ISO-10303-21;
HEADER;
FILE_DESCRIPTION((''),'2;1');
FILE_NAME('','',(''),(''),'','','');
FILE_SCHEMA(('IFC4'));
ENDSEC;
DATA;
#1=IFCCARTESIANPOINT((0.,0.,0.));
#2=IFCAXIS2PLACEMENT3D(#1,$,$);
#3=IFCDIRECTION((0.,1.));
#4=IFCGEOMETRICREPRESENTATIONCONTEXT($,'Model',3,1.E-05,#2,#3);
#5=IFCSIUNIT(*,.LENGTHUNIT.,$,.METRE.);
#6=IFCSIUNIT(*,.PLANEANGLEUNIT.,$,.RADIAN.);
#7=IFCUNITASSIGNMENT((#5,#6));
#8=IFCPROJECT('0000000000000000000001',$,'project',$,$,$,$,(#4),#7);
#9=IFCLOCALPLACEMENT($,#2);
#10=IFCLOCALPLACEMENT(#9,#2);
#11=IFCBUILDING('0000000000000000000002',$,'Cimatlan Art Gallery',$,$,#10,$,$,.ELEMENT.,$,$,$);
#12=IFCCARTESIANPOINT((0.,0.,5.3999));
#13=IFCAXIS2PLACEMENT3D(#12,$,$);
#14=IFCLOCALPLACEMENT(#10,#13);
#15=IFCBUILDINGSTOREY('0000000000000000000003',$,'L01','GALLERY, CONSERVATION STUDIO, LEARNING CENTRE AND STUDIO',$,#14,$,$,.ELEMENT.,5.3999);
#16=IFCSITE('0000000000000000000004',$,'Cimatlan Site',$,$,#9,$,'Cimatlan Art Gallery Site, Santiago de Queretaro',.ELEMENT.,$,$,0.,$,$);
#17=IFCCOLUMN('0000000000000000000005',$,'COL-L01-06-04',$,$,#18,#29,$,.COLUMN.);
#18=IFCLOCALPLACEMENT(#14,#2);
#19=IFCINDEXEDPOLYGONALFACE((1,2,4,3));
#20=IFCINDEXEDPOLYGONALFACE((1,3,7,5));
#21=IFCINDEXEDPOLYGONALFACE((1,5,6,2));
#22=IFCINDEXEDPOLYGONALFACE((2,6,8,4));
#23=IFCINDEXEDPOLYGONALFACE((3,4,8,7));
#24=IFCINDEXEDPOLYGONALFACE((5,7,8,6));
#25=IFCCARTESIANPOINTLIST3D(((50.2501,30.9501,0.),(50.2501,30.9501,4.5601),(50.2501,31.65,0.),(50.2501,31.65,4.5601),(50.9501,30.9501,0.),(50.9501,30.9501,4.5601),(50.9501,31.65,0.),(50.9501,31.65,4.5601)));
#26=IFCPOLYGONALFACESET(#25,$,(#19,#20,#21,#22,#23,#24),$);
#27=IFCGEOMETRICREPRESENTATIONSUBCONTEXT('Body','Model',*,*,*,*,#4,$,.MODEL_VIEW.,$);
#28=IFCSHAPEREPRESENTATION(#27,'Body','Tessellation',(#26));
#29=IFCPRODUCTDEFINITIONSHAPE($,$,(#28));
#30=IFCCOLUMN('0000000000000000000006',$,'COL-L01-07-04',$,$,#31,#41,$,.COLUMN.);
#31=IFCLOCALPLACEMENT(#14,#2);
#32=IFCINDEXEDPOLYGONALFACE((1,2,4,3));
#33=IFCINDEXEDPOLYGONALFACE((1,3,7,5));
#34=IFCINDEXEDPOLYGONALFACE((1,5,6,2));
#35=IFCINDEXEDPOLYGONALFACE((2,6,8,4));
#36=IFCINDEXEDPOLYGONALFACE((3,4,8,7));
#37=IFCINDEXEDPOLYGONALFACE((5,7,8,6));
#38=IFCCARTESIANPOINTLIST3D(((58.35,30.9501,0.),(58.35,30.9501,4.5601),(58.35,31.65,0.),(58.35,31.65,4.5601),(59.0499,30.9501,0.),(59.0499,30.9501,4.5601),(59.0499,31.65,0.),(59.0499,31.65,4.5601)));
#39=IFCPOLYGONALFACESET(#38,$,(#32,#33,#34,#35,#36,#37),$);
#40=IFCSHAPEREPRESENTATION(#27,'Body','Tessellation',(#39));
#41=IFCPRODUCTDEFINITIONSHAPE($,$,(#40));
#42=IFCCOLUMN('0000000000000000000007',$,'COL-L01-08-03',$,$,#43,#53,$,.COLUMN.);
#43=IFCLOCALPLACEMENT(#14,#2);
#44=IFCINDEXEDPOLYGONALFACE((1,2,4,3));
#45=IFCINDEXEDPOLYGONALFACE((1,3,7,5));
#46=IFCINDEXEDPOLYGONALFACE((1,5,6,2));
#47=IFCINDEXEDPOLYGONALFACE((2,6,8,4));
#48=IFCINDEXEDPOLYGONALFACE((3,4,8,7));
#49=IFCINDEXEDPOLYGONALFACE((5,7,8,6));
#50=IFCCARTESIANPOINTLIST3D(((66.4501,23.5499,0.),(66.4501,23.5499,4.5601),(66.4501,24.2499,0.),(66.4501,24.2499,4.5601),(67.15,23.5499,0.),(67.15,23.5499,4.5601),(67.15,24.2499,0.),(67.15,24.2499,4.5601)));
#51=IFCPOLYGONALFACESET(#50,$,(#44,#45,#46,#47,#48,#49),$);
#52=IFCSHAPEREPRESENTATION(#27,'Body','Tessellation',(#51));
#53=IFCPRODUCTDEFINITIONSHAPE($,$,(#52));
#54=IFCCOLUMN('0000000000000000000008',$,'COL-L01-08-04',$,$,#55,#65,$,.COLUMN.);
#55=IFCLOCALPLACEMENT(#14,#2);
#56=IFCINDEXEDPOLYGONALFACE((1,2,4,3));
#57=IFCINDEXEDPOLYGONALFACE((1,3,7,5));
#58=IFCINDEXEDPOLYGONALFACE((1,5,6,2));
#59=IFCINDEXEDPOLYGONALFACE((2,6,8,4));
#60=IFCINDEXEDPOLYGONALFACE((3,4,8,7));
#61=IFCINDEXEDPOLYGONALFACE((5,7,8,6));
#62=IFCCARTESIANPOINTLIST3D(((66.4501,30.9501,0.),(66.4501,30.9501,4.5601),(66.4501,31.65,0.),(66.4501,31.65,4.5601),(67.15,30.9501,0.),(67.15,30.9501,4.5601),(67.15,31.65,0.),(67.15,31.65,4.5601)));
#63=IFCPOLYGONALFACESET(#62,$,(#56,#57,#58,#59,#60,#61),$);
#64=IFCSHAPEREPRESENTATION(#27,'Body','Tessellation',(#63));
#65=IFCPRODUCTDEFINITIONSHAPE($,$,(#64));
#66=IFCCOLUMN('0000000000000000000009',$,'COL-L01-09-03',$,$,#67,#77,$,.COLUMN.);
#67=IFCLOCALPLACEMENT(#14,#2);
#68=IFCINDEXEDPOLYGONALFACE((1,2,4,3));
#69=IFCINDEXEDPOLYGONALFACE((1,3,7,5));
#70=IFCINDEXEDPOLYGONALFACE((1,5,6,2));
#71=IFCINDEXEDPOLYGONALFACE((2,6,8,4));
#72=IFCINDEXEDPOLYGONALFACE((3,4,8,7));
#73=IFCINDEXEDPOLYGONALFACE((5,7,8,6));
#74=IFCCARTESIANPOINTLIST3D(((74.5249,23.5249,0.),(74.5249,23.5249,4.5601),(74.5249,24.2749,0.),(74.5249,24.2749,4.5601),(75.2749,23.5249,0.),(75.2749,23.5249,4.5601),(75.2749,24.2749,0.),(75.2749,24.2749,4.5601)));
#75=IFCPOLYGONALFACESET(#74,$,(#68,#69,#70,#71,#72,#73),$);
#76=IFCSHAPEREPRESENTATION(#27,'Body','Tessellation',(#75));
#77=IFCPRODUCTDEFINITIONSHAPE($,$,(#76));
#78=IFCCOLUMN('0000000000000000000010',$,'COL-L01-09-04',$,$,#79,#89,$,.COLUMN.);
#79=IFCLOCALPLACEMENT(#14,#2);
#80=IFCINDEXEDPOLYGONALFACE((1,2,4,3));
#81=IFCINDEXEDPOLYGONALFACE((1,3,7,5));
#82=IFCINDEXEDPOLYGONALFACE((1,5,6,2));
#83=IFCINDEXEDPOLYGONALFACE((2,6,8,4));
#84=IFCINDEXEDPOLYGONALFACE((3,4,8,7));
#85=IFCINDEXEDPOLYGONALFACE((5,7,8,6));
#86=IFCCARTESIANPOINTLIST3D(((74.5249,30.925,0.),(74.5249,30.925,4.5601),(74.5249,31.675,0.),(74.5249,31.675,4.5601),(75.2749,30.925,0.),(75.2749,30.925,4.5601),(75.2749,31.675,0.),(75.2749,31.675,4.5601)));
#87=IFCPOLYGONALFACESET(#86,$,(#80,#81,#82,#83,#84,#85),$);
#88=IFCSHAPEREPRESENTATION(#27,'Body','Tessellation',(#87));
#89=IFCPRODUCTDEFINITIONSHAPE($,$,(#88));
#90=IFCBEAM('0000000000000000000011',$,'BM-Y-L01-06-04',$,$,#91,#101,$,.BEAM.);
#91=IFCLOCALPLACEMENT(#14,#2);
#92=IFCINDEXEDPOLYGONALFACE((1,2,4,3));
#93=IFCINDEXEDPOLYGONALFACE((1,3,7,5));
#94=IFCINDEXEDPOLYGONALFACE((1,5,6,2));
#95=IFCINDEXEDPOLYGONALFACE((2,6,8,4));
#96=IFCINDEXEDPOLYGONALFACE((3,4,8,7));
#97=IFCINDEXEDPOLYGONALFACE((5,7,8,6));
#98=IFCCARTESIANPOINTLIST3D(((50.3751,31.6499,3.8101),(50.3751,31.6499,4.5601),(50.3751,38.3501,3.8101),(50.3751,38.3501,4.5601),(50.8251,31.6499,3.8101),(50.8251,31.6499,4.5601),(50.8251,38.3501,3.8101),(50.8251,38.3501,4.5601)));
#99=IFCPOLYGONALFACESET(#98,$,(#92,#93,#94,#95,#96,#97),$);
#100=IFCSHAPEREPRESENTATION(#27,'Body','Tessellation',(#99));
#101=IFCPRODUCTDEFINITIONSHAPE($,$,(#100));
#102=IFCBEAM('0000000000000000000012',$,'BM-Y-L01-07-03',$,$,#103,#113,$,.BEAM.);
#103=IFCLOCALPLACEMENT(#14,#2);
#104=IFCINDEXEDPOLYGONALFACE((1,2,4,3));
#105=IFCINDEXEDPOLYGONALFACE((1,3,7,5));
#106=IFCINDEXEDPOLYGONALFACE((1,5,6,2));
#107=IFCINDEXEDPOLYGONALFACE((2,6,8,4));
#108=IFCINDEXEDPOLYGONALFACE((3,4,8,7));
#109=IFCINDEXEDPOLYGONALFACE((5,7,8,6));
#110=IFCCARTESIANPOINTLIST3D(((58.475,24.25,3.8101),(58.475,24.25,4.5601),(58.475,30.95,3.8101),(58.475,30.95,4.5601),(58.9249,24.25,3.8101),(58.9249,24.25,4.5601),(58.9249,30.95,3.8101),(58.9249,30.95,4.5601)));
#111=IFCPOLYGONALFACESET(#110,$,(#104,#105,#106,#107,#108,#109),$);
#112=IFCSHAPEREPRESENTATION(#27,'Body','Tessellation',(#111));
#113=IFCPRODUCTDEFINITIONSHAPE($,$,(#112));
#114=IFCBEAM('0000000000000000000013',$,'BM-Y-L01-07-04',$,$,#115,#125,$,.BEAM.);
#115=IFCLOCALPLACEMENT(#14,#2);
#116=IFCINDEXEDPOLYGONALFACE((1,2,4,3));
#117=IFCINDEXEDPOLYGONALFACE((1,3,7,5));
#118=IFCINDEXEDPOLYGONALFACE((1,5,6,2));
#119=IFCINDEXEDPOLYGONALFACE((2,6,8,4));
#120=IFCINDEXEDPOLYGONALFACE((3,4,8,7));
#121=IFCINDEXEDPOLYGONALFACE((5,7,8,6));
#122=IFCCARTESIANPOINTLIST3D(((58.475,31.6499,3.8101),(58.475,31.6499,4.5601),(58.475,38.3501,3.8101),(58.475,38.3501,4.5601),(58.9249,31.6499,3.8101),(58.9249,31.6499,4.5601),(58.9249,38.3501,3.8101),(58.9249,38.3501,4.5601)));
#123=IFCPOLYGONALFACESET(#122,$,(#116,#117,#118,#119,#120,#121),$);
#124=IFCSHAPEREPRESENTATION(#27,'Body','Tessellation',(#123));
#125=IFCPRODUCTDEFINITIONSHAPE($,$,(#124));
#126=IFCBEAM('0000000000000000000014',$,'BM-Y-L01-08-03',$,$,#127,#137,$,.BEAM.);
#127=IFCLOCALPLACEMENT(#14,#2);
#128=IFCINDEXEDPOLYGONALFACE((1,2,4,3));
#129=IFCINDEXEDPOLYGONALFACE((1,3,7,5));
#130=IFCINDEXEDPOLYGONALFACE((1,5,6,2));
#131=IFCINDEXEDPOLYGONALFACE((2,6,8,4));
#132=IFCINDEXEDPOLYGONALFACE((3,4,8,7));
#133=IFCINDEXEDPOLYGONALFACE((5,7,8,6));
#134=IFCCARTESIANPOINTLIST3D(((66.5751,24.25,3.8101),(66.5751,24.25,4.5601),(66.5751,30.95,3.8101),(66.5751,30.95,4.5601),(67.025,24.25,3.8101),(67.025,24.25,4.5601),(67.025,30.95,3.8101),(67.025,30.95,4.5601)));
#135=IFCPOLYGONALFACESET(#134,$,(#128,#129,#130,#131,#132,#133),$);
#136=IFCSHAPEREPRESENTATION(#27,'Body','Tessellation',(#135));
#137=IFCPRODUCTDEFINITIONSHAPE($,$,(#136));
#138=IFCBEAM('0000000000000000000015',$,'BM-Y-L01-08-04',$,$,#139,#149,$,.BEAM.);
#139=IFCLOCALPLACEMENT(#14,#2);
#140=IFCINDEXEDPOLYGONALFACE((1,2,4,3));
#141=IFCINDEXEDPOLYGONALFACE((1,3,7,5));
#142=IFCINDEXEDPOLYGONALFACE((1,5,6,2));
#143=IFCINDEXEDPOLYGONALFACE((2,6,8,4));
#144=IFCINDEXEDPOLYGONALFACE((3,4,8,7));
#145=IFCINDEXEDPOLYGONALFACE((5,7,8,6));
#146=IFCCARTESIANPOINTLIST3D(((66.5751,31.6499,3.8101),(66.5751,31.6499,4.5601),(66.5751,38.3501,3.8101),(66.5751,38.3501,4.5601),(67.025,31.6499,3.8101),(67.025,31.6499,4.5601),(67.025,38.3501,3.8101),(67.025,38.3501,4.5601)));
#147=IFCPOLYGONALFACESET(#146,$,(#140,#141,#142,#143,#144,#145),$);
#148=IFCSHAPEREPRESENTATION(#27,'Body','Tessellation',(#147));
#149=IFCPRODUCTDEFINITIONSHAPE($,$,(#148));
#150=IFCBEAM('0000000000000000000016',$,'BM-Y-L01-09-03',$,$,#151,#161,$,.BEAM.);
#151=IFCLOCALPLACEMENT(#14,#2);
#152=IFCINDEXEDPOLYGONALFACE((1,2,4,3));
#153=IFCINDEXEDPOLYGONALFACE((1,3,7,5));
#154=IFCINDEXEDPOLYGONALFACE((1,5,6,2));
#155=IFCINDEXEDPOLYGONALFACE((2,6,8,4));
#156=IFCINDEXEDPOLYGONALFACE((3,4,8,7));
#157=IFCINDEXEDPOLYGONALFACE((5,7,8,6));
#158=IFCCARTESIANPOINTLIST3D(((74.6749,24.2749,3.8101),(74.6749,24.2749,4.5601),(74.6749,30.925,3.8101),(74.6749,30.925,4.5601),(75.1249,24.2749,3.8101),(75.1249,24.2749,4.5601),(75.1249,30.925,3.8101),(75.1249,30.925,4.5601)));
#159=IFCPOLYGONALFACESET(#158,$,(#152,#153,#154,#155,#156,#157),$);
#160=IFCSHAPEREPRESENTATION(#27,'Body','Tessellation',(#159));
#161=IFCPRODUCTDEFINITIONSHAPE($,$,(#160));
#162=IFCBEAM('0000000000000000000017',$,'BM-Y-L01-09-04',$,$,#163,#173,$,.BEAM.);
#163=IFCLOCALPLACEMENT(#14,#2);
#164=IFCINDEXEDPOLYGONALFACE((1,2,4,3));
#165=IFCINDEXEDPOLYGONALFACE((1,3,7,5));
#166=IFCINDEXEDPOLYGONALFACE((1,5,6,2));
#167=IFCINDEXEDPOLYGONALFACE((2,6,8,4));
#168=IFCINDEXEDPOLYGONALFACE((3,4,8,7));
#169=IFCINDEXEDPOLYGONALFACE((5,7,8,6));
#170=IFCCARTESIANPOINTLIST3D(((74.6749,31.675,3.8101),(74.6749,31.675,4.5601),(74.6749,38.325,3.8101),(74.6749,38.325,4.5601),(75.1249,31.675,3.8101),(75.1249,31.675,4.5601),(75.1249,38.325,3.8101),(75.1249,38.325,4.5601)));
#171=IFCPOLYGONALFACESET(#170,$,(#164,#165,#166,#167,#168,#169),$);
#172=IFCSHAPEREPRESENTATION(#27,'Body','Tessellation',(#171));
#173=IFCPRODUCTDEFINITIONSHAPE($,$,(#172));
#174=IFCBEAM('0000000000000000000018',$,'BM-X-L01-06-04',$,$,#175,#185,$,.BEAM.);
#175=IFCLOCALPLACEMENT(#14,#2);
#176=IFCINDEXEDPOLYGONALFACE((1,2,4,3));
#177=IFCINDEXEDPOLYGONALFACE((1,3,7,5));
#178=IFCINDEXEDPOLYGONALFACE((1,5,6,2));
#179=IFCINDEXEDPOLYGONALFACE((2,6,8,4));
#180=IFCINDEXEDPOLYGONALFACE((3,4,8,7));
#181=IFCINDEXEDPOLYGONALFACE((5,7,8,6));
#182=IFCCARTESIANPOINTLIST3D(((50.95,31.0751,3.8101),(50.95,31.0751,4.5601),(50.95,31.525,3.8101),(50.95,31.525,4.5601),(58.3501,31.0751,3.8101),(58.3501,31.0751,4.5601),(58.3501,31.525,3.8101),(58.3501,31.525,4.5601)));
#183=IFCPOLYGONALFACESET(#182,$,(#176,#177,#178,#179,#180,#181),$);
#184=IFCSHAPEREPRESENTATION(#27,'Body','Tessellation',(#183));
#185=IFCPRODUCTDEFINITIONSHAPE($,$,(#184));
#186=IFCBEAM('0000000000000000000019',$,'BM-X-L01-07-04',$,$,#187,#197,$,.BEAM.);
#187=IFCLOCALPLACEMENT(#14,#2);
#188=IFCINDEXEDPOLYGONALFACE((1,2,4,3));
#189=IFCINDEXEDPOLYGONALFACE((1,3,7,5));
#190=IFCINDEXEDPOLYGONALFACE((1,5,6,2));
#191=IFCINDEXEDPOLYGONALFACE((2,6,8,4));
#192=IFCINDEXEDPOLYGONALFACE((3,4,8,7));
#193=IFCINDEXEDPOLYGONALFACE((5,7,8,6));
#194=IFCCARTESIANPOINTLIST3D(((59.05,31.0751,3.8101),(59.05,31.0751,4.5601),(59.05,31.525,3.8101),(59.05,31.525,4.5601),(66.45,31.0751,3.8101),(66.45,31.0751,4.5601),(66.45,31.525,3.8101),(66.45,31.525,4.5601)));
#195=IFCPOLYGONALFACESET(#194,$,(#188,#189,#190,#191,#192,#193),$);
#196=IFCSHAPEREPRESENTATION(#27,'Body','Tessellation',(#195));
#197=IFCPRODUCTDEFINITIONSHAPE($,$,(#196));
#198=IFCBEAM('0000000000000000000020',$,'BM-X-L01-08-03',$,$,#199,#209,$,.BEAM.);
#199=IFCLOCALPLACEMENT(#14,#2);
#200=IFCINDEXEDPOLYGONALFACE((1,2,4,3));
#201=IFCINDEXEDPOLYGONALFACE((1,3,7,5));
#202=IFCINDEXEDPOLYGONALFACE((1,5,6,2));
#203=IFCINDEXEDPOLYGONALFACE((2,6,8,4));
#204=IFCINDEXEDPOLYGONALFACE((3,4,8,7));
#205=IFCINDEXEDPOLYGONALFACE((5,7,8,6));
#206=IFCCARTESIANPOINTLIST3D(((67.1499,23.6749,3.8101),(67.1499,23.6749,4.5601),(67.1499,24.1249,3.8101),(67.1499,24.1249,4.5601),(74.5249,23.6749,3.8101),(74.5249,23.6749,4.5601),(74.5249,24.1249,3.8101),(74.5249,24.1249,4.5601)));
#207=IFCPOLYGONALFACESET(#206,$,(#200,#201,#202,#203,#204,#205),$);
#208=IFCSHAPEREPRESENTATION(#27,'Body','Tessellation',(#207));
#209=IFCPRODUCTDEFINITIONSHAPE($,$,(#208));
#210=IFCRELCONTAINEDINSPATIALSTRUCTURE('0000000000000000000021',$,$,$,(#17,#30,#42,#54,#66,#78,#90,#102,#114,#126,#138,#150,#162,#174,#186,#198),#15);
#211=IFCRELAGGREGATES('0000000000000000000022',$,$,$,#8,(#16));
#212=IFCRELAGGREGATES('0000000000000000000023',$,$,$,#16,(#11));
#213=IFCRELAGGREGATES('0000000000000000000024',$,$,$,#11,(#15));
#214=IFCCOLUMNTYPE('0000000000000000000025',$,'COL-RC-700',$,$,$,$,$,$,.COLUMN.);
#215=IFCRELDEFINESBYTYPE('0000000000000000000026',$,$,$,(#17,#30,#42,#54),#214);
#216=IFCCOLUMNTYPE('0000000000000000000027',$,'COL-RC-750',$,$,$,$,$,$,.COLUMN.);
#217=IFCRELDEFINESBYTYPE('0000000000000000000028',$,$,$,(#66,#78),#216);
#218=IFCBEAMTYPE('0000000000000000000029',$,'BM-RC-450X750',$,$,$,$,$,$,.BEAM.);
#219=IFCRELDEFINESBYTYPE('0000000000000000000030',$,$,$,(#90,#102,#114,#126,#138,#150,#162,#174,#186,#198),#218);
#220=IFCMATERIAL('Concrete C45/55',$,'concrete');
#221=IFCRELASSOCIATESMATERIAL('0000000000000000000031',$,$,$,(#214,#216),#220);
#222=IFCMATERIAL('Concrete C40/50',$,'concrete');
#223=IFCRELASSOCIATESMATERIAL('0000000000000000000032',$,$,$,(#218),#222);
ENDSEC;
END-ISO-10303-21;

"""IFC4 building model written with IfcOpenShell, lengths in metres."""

from ifc_helpers import new_model, si_unit, direction, frame, origin, origin_2d, place, context, subcontext, project, spatial, rectangle, extrude, material, material_profile, profile_set, type_object, element, save


model = new_model("IFC4")

# Units and contexts
model_context = context("Model", 3, precision=1e-05, world=origin(), true_north=direction((0.0, 1.0)))
body_context = subcontext(model_context, "Body", "Model", "MODEL_VIEW")
ifc_project = project(units=[si_unit("LENGTHUNIT", "METRE"), si_unit("PLANEANGLEUNIT", "RADIAN")], contexts=[model_context])

# Site, building, storey
site_placement = place(None, origin())
site = spatial("IfcSite", under=ifc_project, at=site_placement, Name="Cimatlan Site", LongName="Cimatlan Art Gallery Site, Santiago de Queretaro", CompositionType="ELEMENT", RefElevation=0.0)
building_placement = place(site_placement, origin())
building = spatial("IfcBuilding", under=site, at=building_placement, Name="Cimatlan Art Gallery", CompositionType="ELEMENT")
storey_placement = place(building_placement, frame((0.0, 0.0, 5.3999)))
storey = spatial("IfcBuildingStorey", under=building, at=storey_placement, Name="L01", Description="GALLERY, CONSERVATION STUDIO, LEARNING CENTRE AND STUDIO", CompositionType="ELEMENT", Elevation=5.3999)

# Columns
ifc_material_1 = material(Name="Concrete C45/55", Category="concrete")
ifc_material_profile_1 = material_profile(ifc_material_1, rectangle(XDim=0.7, YDim=0.7, at=origin_2d()), Name="RC700X700")
ifc_profile_set_1 = profile_set([ifc_material_profile_1], Name="Concrete C45/55")
column_type_1 = type_object("IfcColumnType", Name="COL-RC-700", PredefinedType="COLUMN", material=ifc_profile_set_1)
for number, where, z_axis, x_axis, name in (
    (1, (50.6001, 31.3, 0.0), (0.0, 0.0, 1.0), (1.0, 0.0, 0.0), "COL-L01-06-04"),
    (2, (58.7, 31.3, 0.0), (0.0, 0.0, 1.0), (1.0, 0.0, 0.0), "COL-L01-07-04"),
    (3, (66.8, 23.8999, 0.0), (0.0, 0.0, 1.0), (1.0, 0.0, 0.0), "COL-L01-08-03"),
    (4, (66.8, 31.3, 0.0), (0.0, 0.0, 1.0), (1.0, 0.0, 0.0), "COL-L01-08-04"),
):
    element("IfcColumn", number, at=place(storey_placement, frame(where, z_axis=z_axis, x_axis=x_axis)), inside=storey, type_object=column_type_1, Name=name, PredefinedType="COLUMN", context=body_context, shape_type="SweptSolid", body=[
        extrude(rectangle(XDim=0.7, YDim=0.7, at=origin_2d()), origin(), (0.0, 0.0, 1.0), 4.5601),
    ])
ifc_material_profile_2 = material_profile(ifc_material_1, rectangle(XDim=0.75, YDim=0.75, at=origin_2d()), Name="RC750X750")
ifc_profile_set_2 = profile_set([ifc_material_profile_2], Name="Concrete C45/55")
column_type_2 = type_object("IfcColumnType", Name="COL-RC-750", PredefinedType="COLUMN", material=ifc_profile_set_2)
for number, where, z_axis, x_axis, name in (
    (5, (74.8999, 23.8999, 0.0), (0.0, 0.0, 1.0), (1.0, 0.0, 0.0), "COL-L01-09-03"),
    (6, (74.8999, 31.3, 0.0), (0.0, 0.0, 1.0), (1.0, 0.0, 0.0), "COL-L01-09-04"),
):
    element("IfcColumn", number, at=place(storey_placement, frame(where, z_axis=z_axis, x_axis=x_axis)), inside=storey, type_object=column_type_2, Name=name, PredefinedType="COLUMN", context=body_context, shape_type="SweptSolid", body=[
        extrude(rectangle(XDim=0.75, YDim=0.75, at=origin_2d()), origin(), (0.0, 0.0, 1.0), 4.5601),
    ])

# Beams
ifc_material_2 = material(Name="Concrete C40/50", Category="concrete")
ifc_material_profile_3 = material_profile(ifc_material_2, rectangle(XDim=0.45, YDim=0.75, at=origin_2d()), Name="RC450X750")
ifc_profile_set_3 = profile_set([ifc_material_profile_3], Name="Concrete C40/50")
beam_type_1 = type_object("IfcBeamType", Name="BM-RC-450X750", PredefinedType="BEAM", material=ifc_profile_set_3)
beam_1_placement = place(storey_placement, frame((50.6001, 31.6499, 4.1851), z_axis=(0.0, 1.0, 0.0), x_axis=(-1.0, 0.0, 0.0)))
element("IfcBeam", 7, at=beam_1_placement, inside=storey, type_object=beam_type_1, Name="BM-Y-L01-06-04", PredefinedType="BEAM", context=body_context, shape_type="SweptSolid", body=[
    extrude(rectangle(XDim=0.45, YDim=0.75, at=origin_2d()), origin(), (0.0, 0.0, 1.0), 6.7002),
])
beam_2_placement = place(storey_placement, frame((58.7, 24.25, 4.1851), z_axis=(0.0, 1.0, 0.0), x_axis=(-1.0, 0.0, 0.0)))
element("IfcBeam", 8, at=beam_2_placement, inside=storey, type_object=beam_type_1, Name="BM-Y-L01-07-03", PredefinedType="BEAM", context=body_context, shape_type="SweptSolid", body=[
    extrude(rectangle(XDim=0.45, YDim=0.75, at=origin_2d()), origin(), (0.0, 0.0, 1.0), 6.7),
])
beam_3_placement = place(storey_placement, frame((58.7, 31.6499, 4.1851), z_axis=(0.0, 1.0, 0.0), x_axis=(-1.0, 0.0, 0.0)))
element("IfcBeam", 9, at=beam_3_placement, inside=storey, type_object=beam_type_1, Name="BM-Y-L01-07-04", PredefinedType="BEAM", context=body_context, shape_type="SweptSolid", body=[
    extrude(rectangle(XDim=0.45, YDim=0.75, at=origin_2d()), origin(), (0.0, 0.0, 1.0), 6.7002),
])
beam_4_placement = place(storey_placement, frame((66.8, 24.25, 4.1851), z_axis=(0.0, 1.0, 0.0), x_axis=(-1.0, 0.0, 0.0)))
element("IfcBeam", 10, at=beam_4_placement, inside=storey, type_object=beam_type_1, Name="BM-Y-L01-08-03", PredefinedType="BEAM", context=body_context, shape_type="SweptSolid", body=[
    extrude(rectangle(XDim=0.45, YDim=0.75, at=origin_2d()), origin(), (0.0, 0.0, 1.0), 6.7),
])
beam_5_placement = place(storey_placement, frame((66.8, 31.6499, 4.1851), z_axis=(0.0, 1.0, 0.0), x_axis=(-1.0, 0.0, 0.0)))
element("IfcBeam", 11, at=beam_5_placement, inside=storey, type_object=beam_type_1, Name="BM-Y-L01-08-04", PredefinedType="BEAM", context=body_context, shape_type="SweptSolid", body=[
    extrude(rectangle(XDim=0.45, YDim=0.75, at=origin_2d()), origin(), (0.0, 0.0, 1.0), 6.7002),
])
beam_6_placement = place(storey_placement, frame((74.8999, 24.2749, 4.1851), z_axis=(0.0, 1.0, 0.0), x_axis=(-1.0, 0.0, 0.0)))
element("IfcBeam", 12, at=beam_6_placement, inside=storey, type_object=beam_type_1, Name="BM-Y-L01-09-03", PredefinedType="BEAM", context=body_context, shape_type="SweptSolid", body=[
    extrude(rectangle(XDim=0.45, YDim=0.75, at=origin_2d()), origin(), (0.0, 0.0, 1.0), 6.6501),
])
beam_7_placement = place(storey_placement, frame((74.8999, 31.675, 4.1851), z_axis=(0.0, 1.0, 0.0), x_axis=(-1.0, 0.0, 0.0)))
element("IfcBeam", 13, at=beam_7_placement, inside=storey, type_object=beam_type_1, Name="BM-Y-L01-09-04", PredefinedType="BEAM", context=body_context, shape_type="SweptSolid", body=[
    extrude(rectangle(XDim=0.45, YDim=0.75, at=origin_2d()), origin(), (0.0, 0.0, 1.0), 6.6499),
])
beam_8_placement = place(storey_placement, frame((50.95, 31.3, 4.1851), z_axis=(1.0, 0.0, 0.0), x_axis=(0.0, 1.0, 0.0)))
element("IfcBeam", 14, at=beam_8_placement, inside=storey, type_object=beam_type_1, Name="BM-X-L01-06-04", PredefinedType="BEAM", context=body_context, shape_type="SweptSolid", body=[
    extrude(rectangle(XDim=0.45, YDim=0.75, at=origin_2d()), origin(), (0.0, 0.0, 1.0), 7.4001),
])
beam_9_placement = place(storey_placement, frame((59.05, 31.3, 4.1851), z_axis=(1.0, 0.0, 0.0), x_axis=(0.0, 1.0, 0.0)))
element("IfcBeam", 15, at=beam_9_placement, inside=storey, type_object=beam_type_1, Name="BM-X-L01-07-04", PredefinedType="BEAM", context=body_context, shape_type="SweptSolid", body=[
    extrude(rectangle(XDim=0.45, YDim=0.75, at=origin_2d()), origin(), (0.0, 0.0, 1.0), 7.3999),
])
for number, where, z_axis, x_axis, name in (
    (16, (67.1499, 23.8999, 4.1851), (1.0, 0.0, 0.0), (0.0, 1.0, 0.0), "BM-X-L01-08-03"),
):
    element("IfcBeam", number, at=place(storey_placement, frame(where, z_axis=z_axis, x_axis=x_axis)), inside=storey, type_object=beam_type_1, Name=name, PredefinedType="BEAM", context=body_context, shape_type="SweptSolid", body=[
        extrude(rectangle(XDim=0.45, YDim=0.75, at=origin_2d()), origin(), (0.0, 0.0, 1.0), 7.375),
    ])

save(model, "model.ifc")
